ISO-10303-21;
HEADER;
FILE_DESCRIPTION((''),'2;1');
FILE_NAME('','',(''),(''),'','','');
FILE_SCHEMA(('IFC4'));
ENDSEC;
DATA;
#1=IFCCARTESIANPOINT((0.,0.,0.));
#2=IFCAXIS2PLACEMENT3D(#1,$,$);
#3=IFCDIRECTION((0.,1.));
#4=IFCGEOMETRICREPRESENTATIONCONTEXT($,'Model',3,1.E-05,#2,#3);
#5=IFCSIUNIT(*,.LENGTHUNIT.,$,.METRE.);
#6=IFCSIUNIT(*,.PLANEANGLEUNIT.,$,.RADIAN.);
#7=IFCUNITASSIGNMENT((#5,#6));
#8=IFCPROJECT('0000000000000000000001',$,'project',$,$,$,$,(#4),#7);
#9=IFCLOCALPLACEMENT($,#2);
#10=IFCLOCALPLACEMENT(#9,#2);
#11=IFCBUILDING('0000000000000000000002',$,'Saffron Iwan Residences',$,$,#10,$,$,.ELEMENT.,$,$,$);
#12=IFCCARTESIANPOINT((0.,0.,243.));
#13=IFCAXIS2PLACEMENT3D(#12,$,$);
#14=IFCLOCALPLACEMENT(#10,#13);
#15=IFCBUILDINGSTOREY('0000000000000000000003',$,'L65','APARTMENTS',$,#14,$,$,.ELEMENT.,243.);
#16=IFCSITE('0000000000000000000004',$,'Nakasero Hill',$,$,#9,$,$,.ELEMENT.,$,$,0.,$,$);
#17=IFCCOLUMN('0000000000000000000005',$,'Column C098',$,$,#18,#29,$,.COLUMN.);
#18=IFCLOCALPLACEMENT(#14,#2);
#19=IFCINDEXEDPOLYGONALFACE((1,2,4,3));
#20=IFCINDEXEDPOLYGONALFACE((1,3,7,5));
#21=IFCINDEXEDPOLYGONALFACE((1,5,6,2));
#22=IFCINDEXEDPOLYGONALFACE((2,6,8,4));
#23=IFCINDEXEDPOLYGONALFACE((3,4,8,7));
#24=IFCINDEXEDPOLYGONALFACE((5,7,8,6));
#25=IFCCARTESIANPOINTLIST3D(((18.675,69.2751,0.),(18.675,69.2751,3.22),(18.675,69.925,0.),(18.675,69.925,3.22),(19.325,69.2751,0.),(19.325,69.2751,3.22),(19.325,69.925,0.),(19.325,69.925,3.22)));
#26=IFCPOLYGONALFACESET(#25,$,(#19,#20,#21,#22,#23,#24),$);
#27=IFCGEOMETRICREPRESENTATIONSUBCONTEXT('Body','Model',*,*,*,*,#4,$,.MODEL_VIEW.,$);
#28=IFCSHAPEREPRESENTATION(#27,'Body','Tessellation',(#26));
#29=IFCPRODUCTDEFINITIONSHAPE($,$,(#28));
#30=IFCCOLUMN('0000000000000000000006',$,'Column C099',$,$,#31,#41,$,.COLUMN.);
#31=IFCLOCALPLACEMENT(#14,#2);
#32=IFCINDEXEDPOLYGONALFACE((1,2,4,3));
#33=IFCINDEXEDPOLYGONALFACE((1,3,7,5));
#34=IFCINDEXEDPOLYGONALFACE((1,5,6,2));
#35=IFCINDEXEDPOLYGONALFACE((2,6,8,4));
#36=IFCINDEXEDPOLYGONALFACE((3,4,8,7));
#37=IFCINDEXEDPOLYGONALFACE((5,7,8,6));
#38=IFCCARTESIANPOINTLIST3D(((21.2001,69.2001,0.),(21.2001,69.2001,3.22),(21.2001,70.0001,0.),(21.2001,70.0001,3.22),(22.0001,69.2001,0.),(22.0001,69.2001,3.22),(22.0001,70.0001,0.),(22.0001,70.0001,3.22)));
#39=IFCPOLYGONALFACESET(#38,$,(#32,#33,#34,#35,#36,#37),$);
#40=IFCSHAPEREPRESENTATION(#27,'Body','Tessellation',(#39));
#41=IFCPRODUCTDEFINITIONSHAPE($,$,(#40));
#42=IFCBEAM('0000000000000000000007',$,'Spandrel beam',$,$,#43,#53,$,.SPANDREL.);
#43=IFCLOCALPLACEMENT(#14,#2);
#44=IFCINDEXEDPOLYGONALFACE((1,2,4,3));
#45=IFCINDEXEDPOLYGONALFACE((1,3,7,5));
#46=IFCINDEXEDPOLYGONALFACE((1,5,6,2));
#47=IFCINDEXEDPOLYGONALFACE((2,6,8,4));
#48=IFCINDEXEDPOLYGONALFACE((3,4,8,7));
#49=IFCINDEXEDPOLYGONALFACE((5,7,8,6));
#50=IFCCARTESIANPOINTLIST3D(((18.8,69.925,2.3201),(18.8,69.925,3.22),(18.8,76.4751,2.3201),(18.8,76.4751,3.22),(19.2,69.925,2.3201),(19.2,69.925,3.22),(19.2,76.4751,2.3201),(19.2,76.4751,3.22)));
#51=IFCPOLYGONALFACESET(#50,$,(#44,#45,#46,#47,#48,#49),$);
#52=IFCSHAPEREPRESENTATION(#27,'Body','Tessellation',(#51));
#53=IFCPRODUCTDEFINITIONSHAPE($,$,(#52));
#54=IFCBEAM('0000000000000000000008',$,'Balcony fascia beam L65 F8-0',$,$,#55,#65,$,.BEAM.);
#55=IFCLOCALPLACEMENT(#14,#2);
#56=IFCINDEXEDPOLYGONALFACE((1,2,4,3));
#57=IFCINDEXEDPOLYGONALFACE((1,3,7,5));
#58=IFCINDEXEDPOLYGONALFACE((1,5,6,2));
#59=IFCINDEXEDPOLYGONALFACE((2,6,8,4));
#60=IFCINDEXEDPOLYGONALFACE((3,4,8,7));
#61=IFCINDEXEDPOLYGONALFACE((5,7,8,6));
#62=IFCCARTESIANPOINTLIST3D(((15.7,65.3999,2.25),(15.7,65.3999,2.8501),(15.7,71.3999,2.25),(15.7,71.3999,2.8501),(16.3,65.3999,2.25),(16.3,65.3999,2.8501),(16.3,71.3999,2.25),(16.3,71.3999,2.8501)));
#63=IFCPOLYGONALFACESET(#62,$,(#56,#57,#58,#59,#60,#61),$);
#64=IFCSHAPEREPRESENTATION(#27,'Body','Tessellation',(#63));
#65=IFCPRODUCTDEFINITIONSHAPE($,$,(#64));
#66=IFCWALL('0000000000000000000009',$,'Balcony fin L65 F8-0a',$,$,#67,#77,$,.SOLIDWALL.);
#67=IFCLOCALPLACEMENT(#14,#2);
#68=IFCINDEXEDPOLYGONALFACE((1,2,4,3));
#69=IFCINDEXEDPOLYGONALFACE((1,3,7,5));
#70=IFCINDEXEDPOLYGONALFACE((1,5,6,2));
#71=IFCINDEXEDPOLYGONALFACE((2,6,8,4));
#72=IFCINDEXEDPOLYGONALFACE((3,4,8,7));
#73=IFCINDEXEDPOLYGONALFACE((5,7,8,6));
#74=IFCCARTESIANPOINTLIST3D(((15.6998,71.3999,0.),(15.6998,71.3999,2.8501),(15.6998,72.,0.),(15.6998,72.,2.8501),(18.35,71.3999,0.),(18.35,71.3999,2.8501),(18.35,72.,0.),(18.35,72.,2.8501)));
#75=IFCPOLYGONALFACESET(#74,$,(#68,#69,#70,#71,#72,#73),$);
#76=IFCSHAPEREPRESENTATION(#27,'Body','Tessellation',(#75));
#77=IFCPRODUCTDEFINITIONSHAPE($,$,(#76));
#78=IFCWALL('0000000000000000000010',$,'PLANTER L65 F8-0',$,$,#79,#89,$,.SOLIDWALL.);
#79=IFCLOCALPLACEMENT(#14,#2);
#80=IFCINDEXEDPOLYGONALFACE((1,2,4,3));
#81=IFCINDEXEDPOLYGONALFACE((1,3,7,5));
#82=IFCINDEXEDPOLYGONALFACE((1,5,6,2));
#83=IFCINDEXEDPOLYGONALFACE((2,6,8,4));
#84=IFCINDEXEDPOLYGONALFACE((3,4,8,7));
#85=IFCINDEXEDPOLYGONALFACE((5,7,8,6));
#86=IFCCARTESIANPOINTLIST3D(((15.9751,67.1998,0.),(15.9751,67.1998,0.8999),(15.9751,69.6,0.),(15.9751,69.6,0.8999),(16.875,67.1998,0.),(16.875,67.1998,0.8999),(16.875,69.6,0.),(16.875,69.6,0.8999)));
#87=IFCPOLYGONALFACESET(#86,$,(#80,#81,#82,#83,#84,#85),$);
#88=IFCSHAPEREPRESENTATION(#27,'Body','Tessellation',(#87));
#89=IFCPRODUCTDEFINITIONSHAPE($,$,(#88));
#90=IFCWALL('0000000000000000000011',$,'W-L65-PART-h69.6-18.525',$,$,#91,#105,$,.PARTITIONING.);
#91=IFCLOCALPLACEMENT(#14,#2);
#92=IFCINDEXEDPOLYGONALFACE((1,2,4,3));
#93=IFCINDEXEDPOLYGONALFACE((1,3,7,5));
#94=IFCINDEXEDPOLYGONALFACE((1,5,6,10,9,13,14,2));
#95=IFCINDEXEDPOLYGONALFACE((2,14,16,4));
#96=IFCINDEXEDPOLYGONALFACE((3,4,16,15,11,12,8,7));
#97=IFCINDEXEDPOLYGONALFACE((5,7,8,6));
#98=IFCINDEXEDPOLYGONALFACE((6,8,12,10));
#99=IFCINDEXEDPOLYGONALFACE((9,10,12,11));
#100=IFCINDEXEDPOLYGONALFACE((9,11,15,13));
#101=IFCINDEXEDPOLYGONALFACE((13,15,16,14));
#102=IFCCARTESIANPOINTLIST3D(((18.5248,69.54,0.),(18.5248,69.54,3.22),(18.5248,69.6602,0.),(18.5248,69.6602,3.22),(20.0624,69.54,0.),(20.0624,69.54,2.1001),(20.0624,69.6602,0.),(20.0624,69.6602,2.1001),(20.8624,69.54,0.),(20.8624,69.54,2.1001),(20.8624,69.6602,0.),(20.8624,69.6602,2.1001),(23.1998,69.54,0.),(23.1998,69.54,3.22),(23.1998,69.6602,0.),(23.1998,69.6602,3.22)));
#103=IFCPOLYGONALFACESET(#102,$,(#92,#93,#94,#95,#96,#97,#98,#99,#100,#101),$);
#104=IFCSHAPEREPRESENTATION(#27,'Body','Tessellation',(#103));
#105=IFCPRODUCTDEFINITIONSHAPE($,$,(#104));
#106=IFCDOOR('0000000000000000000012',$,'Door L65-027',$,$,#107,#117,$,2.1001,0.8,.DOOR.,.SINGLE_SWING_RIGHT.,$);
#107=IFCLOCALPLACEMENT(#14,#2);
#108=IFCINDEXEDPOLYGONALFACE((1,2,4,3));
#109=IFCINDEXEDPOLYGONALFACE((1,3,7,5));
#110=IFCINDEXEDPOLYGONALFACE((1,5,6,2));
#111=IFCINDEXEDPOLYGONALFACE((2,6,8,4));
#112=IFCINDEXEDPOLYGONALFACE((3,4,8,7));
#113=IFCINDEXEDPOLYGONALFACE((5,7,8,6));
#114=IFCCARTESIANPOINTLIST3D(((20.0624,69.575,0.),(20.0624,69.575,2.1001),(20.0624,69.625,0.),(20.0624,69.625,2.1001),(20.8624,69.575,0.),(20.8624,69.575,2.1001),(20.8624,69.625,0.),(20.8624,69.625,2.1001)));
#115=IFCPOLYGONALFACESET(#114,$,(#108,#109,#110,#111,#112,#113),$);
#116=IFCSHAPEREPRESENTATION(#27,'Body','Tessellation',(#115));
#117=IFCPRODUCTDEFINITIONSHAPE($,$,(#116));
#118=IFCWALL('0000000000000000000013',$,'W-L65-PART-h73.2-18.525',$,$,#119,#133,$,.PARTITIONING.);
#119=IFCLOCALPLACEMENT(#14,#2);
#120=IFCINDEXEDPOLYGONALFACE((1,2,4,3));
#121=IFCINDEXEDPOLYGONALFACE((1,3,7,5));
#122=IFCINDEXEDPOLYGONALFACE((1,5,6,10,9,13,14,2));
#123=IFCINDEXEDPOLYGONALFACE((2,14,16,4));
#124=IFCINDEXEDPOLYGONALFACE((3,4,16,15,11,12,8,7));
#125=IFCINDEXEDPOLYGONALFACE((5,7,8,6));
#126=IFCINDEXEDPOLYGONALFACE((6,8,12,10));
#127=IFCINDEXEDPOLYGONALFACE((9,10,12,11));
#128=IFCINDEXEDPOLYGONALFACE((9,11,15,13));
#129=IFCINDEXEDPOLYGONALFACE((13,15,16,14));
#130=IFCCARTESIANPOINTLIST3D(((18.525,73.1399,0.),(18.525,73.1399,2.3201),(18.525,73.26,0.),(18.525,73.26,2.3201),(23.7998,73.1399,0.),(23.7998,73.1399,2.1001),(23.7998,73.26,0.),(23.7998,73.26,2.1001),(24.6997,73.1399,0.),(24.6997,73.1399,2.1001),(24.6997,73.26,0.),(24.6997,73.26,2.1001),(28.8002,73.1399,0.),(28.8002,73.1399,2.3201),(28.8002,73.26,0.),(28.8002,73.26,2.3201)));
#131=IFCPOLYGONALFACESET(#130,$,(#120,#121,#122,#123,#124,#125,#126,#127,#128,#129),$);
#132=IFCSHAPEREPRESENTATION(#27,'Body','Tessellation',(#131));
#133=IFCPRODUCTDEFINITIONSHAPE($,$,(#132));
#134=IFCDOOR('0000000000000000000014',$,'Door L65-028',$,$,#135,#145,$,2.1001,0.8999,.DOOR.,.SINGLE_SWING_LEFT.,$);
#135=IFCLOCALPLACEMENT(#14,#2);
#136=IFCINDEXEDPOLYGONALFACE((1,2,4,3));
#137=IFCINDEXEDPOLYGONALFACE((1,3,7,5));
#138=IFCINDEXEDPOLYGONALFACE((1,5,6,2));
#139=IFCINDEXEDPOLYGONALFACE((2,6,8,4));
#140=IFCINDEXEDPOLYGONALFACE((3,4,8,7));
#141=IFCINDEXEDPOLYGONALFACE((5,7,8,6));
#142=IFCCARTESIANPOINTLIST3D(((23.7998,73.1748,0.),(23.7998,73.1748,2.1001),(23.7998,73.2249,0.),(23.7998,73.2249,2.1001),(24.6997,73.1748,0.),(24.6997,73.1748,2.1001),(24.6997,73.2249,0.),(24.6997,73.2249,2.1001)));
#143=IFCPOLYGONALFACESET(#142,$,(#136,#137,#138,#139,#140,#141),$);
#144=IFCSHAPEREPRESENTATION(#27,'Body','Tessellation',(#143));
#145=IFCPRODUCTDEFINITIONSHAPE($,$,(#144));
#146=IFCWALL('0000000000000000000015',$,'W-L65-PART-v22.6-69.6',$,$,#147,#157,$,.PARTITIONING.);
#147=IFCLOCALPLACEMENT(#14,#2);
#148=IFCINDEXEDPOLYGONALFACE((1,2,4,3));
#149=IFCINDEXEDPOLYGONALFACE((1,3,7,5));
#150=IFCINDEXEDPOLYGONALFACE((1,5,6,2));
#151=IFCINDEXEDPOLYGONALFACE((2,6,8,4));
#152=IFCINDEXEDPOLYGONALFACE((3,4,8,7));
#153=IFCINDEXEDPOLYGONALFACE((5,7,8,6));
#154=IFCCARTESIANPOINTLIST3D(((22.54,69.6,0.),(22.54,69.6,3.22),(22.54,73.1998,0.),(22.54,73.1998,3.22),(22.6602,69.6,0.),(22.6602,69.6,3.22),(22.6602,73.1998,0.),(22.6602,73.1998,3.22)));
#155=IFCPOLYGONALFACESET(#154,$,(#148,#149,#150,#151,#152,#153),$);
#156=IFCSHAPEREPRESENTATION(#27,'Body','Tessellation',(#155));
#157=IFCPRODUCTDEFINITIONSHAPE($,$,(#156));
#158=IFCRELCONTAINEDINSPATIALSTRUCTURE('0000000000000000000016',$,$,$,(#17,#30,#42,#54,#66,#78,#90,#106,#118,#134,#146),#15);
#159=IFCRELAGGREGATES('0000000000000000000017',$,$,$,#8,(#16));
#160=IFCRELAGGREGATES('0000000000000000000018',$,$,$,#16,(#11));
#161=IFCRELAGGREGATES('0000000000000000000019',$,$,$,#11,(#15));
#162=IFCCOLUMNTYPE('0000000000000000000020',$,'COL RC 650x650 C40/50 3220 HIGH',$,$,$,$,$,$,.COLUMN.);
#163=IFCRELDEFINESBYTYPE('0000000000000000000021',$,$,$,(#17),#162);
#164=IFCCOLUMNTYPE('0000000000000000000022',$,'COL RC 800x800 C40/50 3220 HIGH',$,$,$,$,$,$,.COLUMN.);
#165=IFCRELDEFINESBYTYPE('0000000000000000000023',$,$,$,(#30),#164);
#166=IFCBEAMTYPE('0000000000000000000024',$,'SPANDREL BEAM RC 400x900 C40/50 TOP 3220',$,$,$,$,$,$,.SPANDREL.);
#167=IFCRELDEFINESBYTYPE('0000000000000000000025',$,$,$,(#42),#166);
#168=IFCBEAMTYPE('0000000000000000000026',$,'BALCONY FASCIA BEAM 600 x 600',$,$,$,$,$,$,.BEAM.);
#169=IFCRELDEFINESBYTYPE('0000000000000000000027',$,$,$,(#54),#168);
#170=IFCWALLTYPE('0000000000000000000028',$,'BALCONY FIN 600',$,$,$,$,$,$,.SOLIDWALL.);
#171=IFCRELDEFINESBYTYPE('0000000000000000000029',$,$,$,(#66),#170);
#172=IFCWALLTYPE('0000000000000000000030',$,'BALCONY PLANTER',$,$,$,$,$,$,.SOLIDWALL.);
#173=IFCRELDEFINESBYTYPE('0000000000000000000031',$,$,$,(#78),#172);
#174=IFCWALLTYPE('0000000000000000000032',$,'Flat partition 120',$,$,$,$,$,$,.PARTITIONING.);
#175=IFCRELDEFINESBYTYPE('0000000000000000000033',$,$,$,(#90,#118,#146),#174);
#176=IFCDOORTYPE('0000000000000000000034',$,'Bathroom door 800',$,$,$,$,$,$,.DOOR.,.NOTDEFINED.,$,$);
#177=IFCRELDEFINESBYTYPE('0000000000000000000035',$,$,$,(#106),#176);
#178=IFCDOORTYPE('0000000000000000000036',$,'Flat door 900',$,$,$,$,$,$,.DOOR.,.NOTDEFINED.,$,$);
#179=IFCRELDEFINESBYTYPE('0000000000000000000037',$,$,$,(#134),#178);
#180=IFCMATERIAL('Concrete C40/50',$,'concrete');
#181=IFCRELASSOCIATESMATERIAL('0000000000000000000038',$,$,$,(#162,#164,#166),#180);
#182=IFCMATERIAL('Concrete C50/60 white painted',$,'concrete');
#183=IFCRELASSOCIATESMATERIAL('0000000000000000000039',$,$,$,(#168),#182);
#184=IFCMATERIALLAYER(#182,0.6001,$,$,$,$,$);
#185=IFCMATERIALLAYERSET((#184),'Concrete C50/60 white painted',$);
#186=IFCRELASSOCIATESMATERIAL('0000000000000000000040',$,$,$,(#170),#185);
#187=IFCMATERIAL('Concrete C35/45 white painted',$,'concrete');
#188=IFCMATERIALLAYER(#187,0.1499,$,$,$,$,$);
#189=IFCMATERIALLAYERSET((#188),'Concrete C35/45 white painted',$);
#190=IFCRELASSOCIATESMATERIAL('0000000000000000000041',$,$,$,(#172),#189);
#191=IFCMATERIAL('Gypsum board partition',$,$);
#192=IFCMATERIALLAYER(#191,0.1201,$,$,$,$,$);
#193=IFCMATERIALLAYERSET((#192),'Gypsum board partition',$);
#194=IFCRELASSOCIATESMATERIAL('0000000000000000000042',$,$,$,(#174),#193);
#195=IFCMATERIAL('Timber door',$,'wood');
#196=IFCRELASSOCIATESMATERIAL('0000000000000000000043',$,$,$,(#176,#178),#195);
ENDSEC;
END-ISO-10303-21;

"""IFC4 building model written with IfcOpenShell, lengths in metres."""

from ifc_helpers import new_model, si_unit, direction, frame, frame_2d, origin, origin_2d, place, context, subcontext, project, spatial, rectangle, extrude, source, transform, mapped, material, layer, layer_set, material_profile, profile_set, type_object, element, fill, save


model = new_model("IFC4")

# Units and contexts
model_context = context("Model", 3, precision=1e-05, world=origin(), true_north=direction((0.0, 1.0)))
body_context = subcontext(model_context, "Body", "Model", "MODEL_VIEW")
ifc_project = project(units=[si_unit("LENGTHUNIT", "METRE"), si_unit("PLANEANGLEUNIT", "RADIAN")], contexts=[model_context])

# Site, building, storey
site_placement = place(None, origin())
site = spatial("IfcSite", under=ifc_project, at=site_placement, Name="Nakasero Hill", CompositionType="ELEMENT", RefElevation=0.0)
building_placement = place(site_placement, origin())
building = spatial("IfcBuilding", under=site, at=building_placement, Name="Saffron Iwan Residences", CompositionType="ELEMENT")
storey_placement = place(building_placement, frame((0.0, 0.0, 243.0)))
storey = spatial("IfcBuildingStorey", under=building, at=storey_placement, Name="L65", Description="APARTMENTS", CompositionType="ELEMENT", Elevation=243.0)

# Columns
ifc_material_1 = material(Name="Concrete C40/50", Category="concrete")
ifc_material_profile_1 = material_profile(ifc_material_1, rectangle(XDim=0.6499, YDim=0.6499, at=origin_2d()), Name="RC 650x650")
ifc_profile_set_1 = profile_set([ifc_material_profile_1], Name="Concrete C40/50")
column_type_1 = type_object("IfcColumnType", Name="COL RC 650x650 C40/50 3220 HIGH", PredefinedType="COLUMN", material=ifc_profile_set_1)
shared_shape_1 = source(origin(), body_context, "Body", "SweptSolid", [
    extrude(rectangle(XDim=0.6499, YDim=0.6499, at=origin_2d()), origin(), (0.0, 0.0, 1.0), 3.22),
])
column_1_placement = place(storey_placement, frame((19.0, 69.6001, 0.0), z_axis=(0.0, 0.0, 1.0), x_axis=(1.0, 0.0, 0.0)))
element("IfcColumn", 1, at=column_1_placement, inside=storey, type_object=column_type_1, Name="Column C098", PredefinedType="COLUMN", context=body_context, shape_type="MappedRepresentation", body=[
    mapped(shared_shape_1, transform((0.0, 0.0, 0.0))),
])
ifc_material_profile_2 = material_profile(ifc_material_1, rectangle(XDim=0.8, YDim=0.8, at=origin_2d()), Name="RC 800x800")
ifc_profile_set_2 = profile_set([ifc_material_profile_2], Name="Concrete C40/50")
column_type_2 = type_object("IfcColumnType", Name="COL RC 800x800 C40/50 3220 HIGH", PredefinedType="COLUMN", material=ifc_profile_set_2)
shared_shape_2 = source(origin(), body_context, "Body", "SweptSolid", [
    extrude(rectangle(XDim=0.8, YDim=0.8, at=origin_2d()), origin(), (0.0, 0.0, 1.0), 3.22),
])
column_2_placement = place(storey_placement, frame((21.6001, 69.6001, 0.0), z_axis=(0.0, 0.0, 1.0), x_axis=(1.0, 0.0, 0.0)))
element("IfcColumn", 2, at=column_2_placement, inside=storey, type_object=column_type_2, Name="Column C099", PredefinedType="COLUMN", context=body_context, shape_type="MappedRepresentation", body=[
    mapped(shared_shape_2, transform((0.0, 0.0, 0.0))),
])

# Beams
ifc_material_profile_3 = material_profile(ifc_material_1, rectangle(XDim=0.3999, YDim=0.8999, at=origin_2d()), Name="RC 400x900")
ifc_profile_set_3 = profile_set([ifc_material_profile_3], Name="Concrete C40/50")
beam_type_1 = type_object("IfcBeamType", Name="SPANDREL BEAM RC 400x900 C40/50 TOP 3220", PredefinedType="SPANDREL", material=ifc_profile_set_3)
shared_shape_3 = source(origin(), body_context, "Body", "SweptSolid", [
    extrude(rectangle(XDim=0.3999, YDim=0.8999, at=origin_2d()), origin(), (0.0, 0.0, 1.0), 6.55),
])
beam_1_placement = place(storey_placement, frame((19.0, 69.925, 2.77), z_axis=(0.0, 1.0, 0.0), x_axis=(-1.0, 0.0, 0.0)))
element("IfcBeam", 3, at=beam_1_placement, inside=storey, type_object=beam_type_1, Name="Spandrel beam", PredefinedType="SPANDREL", context=body_context, shape_type="MappedRepresentation", body=[
    mapped(shared_shape_3, transform((0.0, 0.0, 0.0))),
])
ifc_material_2 = material(Name="Concrete C50/60 white painted", Category="concrete")
ifc_material_profile_4 = material_profile(ifc_material_2, rectangle(XDim=0.6001, YDim=0.6001, at=origin_2d()), Name="BALCONY FASCIA BEAM 600 x 600")
ifc_profile_set_4 = profile_set([ifc_material_profile_4], Name="Concrete C50/60 white painted")
beam_type_2 = type_object("IfcBeamType", Name="BALCONY FASCIA BEAM 600 x 600", PredefinedType="BEAM", material=ifc_profile_set_4)
shared_shape_4 = source(origin(), body_context, "Body", "SweptSolid", [
    extrude(rectangle(XDim=0.6001, YDim=0.6001, at=origin_2d()), origin(), (0.0, 0.0, 1.0), 6.0),
])
beam_2_placement = place(storey_placement, frame((16.0, 71.3999, 2.55), z_axis=(0.0, -1.0, 0.0), x_axis=(1.0, 0.0, 0.0)))
element("IfcBeam", 4, at=beam_2_placement, inside=storey, type_object=beam_type_2, Name="Balcony fascia beam L65 F8-0", PredefinedType="BEAM", context=body_context, shape_type="MappedRepresentation", body=[
    mapped(shared_shape_4, transform((0.0, 0.0, 0.0))),
])

# Walls
ifc_layer_1 = layer(ifc_material_2, 0.6001)
ifc_layer_set_1 = layer_set([ifc_layer_1], Name="Concrete C50/60 white painted")
wall_type_1 = type_object("IfcWallType", Name="BALCONY FIN 600", PredefinedType="SOLIDWALL", material=ifc_layer_set_1)
wall_1_placement = place(storey_placement, frame((18.3501, 71.7, 0.0), z_axis=(0.0, 0.0, 1.0), x_axis=(-1.0, 0.0, 0.0)))
element("IfcWall", 5, at=wall_1_placement, inside=storey, type_object=wall_type_1, Name="Balcony fin L65 F8-0a", PredefinedType="SOLIDWALL", context=body_context, shape_type="SweptSolid", body=[
    extrude(rectangle(XDim=2.6501, YDim=0.6001, at=frame_2d((1.3252, 0.0))), origin(), (0.0, 0.0, 1.0), 2.8501),
])
ifc_material_3 = material(Name="Concrete C35/45 white painted", Category="concrete")
ifc_layer_2 = layer(ifc_material_3, 0.1499)
ifc_layer_set_2 = layer_set([ifc_layer_2], Name="Concrete C35/45 white painted")
wall_type_2 = type_object("IfcWallType", Name="BALCONY PLANTER", PredefinedType="SOLIDWALL", material=ifc_layer_set_2)
wall_2_placement = place(storey_placement, frame((16.425, 69.6001, 0.0), z_axis=(0.0, 0.0, 1.0), x_axis=(0.0, -1.0, 0.0)))
element("IfcWall", 6, at=wall_2_placement, inside=storey, type_object=wall_type_2, Name="PLANTER L65 F8-0", PredefinedType="SOLIDWALL", context=body_context, shape_type="SweptSolid", body=[
    extrude(rectangle(XDim=2.4001, YDim=0.8999, at=frame_2d((1.2002, 0.0))), origin(), (0.0, 0.0, 1.0), 0.8999),
])

# Walls, openings, doors
ifc_material_4 = material(Name="Gypsum board partition")
ifc_layer_3 = layer(ifc_material_4, 0.1201)
ifc_layer_set_3 = layer_set([ifc_layer_3], Name="Gypsum board partition")
wall_type_3 = type_object("IfcWallType", Name="Flat partition 120", PredefinedType="PARTITIONING", material=ifc_layer_set_3)
wall_3_placement = place(storey_placement, frame((18.5249, 69.6001, 0.0), z_axis=(0.0, 0.0, 1.0), x_axis=(1.0, 0.0, 0.0)))
wall_3 = element("IfcWall", 7, at=wall_3_placement, inside=storey, type_object=wall_type_3, Name="W-L65-PART-h69.6-18.525", PredefinedType="PARTITIONING", context=body_context, shape_type="SweptSolid", body=[
    extrude(rectangle(XDim=4.675, YDim=0.1201, at=frame_2d((2.3374, 0.0))), origin(), (0.0, 0.0, 1.0), 3.22),
])
opening_1_placement = place(wall_3_placement, frame((1.5376, 0.0, 0.0)))
opening_1 = element("IfcOpeningElement", 8, at=opening_1_placement, cuts=wall_3, PredefinedType="OPENING", context=body_context, shape_type="SweptSolid", body=[
    extrude(rectangle(XDim=0.8, YDim=2.1001, at=frame_2d((0.3999, 1.05))), frame((0.0, 0.0701, 0.0), z_axis=(0.0, -1.0, 0.0), x_axis=(1.0, 0.0, 0.0)), (0.0, 0.0, 1.0), 0.1401),
])
ifc_material_5 = material(Name="Timber door", Category="wood")
door_type_1 = type_object("IfcDoorType", Name="Bathroom door 800", OperationType="NOTDEFINED", PredefinedType="DOOR", material=ifc_material_5)
door_1_placement = place(opening_1_placement, origin())
door_1 = element("IfcDoor", 9, at=door_1_placement, inside=storey, type_object=door_type_1, Name="Door L65-027", OperationType="SINGLE_SWING_RIGHT", OverallHeight=2.1001, OverallWidth=0.8, PredefinedType="DOOR", context=body_context, shape_type="SweptSolid", body=[
    extrude(rectangle(XDim=0.8, YDim=2.1001, at=frame_2d((0.3999, 1.05))), frame((0.0, 0.0249, 0.0), z_axis=(0.0, -1.0, 0.0), x_axis=(1.0, 0.0, 0.0)), (0.0, 0.0, 1.0), 0.05),
])
fill(opening_1, door_1)
wall_4_placement = place(storey_placement, frame((18.5249, 73.2, 0.0), z_axis=(0.0, 0.0, 1.0), x_axis=(1.0, 0.0, 0.0)))
wall_4 = element("IfcWall", 10, at=wall_4_placement, inside=storey, type_object=wall_type_3, Name="W-L65-PART-h73.2-18.525", PredefinedType="PARTITIONING", context=body_context, shape_type="SweptSolid", body=[
    extrude(rectangle(XDim=10.2751, YDim=0.1201, at=frame_2d((5.1377, 0.0))), origin(), (0.0, 0.0, 1.0), 2.3201),
])
opening_2_placement = place(wall_4_placement, frame((5.2749, 0.0, 0.0)))
opening_2 = element("IfcOpeningElement", 11, at=opening_2_placement, cuts=wall_4, PredefinedType="OPENING", context=body_context, shape_type="SweptSolid", body=[
    extrude(rectangle(XDim=0.8999, YDim=2.1001, at=frame_2d((0.45, 1.05))), frame((0.0, 0.0701, 0.0), z_axis=(0.0, -1.0, 0.0), x_axis=(1.0, 0.0, 0.0)), (0.0, 0.0, 1.0), 0.1401),
])
door_type_2 = type_object("IfcDoorType", Name="Flat door 900", OperationType="NOTDEFINED", PredefinedType="DOOR", material=ifc_material_5)
door_2_placement = place(opening_2_placement, origin())
door_2 = element("IfcDoor", 12, at=door_2_placement, inside=storey, type_object=door_type_2, Name="Door L65-028", OperationType="SINGLE_SWING_LEFT", OverallHeight=2.1001, OverallWidth=0.8999, PredefinedType="DOOR", context=body_context, shape_type="SweptSolid", body=[
    extrude(rectangle(XDim=0.8999, YDim=2.1001, at=frame_2d((0.45, 1.05))), frame((0.0, 0.0249, 0.0), z_axis=(0.0, -1.0, 0.0), x_axis=(1.0, 0.0, 0.0)), (0.0, 0.0, 1.0), 0.05),
])
fill(opening_2, door_2)

# Wall
wall_5_placement = place(storey_placement, frame((22.6001, 69.6001, 0.0), z_axis=(0.0, 0.0, 1.0), x_axis=(0.0, 1.0, 0.0)))
element("IfcWall", 13, at=wall_5_placement, inside=storey, type_object=wall_type_3, Name="W-L65-PART-v22.6-69.6", PredefinedType="PARTITIONING", context=body_context, shape_type="SweptSolid", body=[
    extrude(rectangle(XDim=3.5999, YDim=0.1201, at=frame_2d((1.7998, 0.0))), origin(), (0.0, 0.0, 1.0), 3.22),
])

save(model, "model.ifc")
